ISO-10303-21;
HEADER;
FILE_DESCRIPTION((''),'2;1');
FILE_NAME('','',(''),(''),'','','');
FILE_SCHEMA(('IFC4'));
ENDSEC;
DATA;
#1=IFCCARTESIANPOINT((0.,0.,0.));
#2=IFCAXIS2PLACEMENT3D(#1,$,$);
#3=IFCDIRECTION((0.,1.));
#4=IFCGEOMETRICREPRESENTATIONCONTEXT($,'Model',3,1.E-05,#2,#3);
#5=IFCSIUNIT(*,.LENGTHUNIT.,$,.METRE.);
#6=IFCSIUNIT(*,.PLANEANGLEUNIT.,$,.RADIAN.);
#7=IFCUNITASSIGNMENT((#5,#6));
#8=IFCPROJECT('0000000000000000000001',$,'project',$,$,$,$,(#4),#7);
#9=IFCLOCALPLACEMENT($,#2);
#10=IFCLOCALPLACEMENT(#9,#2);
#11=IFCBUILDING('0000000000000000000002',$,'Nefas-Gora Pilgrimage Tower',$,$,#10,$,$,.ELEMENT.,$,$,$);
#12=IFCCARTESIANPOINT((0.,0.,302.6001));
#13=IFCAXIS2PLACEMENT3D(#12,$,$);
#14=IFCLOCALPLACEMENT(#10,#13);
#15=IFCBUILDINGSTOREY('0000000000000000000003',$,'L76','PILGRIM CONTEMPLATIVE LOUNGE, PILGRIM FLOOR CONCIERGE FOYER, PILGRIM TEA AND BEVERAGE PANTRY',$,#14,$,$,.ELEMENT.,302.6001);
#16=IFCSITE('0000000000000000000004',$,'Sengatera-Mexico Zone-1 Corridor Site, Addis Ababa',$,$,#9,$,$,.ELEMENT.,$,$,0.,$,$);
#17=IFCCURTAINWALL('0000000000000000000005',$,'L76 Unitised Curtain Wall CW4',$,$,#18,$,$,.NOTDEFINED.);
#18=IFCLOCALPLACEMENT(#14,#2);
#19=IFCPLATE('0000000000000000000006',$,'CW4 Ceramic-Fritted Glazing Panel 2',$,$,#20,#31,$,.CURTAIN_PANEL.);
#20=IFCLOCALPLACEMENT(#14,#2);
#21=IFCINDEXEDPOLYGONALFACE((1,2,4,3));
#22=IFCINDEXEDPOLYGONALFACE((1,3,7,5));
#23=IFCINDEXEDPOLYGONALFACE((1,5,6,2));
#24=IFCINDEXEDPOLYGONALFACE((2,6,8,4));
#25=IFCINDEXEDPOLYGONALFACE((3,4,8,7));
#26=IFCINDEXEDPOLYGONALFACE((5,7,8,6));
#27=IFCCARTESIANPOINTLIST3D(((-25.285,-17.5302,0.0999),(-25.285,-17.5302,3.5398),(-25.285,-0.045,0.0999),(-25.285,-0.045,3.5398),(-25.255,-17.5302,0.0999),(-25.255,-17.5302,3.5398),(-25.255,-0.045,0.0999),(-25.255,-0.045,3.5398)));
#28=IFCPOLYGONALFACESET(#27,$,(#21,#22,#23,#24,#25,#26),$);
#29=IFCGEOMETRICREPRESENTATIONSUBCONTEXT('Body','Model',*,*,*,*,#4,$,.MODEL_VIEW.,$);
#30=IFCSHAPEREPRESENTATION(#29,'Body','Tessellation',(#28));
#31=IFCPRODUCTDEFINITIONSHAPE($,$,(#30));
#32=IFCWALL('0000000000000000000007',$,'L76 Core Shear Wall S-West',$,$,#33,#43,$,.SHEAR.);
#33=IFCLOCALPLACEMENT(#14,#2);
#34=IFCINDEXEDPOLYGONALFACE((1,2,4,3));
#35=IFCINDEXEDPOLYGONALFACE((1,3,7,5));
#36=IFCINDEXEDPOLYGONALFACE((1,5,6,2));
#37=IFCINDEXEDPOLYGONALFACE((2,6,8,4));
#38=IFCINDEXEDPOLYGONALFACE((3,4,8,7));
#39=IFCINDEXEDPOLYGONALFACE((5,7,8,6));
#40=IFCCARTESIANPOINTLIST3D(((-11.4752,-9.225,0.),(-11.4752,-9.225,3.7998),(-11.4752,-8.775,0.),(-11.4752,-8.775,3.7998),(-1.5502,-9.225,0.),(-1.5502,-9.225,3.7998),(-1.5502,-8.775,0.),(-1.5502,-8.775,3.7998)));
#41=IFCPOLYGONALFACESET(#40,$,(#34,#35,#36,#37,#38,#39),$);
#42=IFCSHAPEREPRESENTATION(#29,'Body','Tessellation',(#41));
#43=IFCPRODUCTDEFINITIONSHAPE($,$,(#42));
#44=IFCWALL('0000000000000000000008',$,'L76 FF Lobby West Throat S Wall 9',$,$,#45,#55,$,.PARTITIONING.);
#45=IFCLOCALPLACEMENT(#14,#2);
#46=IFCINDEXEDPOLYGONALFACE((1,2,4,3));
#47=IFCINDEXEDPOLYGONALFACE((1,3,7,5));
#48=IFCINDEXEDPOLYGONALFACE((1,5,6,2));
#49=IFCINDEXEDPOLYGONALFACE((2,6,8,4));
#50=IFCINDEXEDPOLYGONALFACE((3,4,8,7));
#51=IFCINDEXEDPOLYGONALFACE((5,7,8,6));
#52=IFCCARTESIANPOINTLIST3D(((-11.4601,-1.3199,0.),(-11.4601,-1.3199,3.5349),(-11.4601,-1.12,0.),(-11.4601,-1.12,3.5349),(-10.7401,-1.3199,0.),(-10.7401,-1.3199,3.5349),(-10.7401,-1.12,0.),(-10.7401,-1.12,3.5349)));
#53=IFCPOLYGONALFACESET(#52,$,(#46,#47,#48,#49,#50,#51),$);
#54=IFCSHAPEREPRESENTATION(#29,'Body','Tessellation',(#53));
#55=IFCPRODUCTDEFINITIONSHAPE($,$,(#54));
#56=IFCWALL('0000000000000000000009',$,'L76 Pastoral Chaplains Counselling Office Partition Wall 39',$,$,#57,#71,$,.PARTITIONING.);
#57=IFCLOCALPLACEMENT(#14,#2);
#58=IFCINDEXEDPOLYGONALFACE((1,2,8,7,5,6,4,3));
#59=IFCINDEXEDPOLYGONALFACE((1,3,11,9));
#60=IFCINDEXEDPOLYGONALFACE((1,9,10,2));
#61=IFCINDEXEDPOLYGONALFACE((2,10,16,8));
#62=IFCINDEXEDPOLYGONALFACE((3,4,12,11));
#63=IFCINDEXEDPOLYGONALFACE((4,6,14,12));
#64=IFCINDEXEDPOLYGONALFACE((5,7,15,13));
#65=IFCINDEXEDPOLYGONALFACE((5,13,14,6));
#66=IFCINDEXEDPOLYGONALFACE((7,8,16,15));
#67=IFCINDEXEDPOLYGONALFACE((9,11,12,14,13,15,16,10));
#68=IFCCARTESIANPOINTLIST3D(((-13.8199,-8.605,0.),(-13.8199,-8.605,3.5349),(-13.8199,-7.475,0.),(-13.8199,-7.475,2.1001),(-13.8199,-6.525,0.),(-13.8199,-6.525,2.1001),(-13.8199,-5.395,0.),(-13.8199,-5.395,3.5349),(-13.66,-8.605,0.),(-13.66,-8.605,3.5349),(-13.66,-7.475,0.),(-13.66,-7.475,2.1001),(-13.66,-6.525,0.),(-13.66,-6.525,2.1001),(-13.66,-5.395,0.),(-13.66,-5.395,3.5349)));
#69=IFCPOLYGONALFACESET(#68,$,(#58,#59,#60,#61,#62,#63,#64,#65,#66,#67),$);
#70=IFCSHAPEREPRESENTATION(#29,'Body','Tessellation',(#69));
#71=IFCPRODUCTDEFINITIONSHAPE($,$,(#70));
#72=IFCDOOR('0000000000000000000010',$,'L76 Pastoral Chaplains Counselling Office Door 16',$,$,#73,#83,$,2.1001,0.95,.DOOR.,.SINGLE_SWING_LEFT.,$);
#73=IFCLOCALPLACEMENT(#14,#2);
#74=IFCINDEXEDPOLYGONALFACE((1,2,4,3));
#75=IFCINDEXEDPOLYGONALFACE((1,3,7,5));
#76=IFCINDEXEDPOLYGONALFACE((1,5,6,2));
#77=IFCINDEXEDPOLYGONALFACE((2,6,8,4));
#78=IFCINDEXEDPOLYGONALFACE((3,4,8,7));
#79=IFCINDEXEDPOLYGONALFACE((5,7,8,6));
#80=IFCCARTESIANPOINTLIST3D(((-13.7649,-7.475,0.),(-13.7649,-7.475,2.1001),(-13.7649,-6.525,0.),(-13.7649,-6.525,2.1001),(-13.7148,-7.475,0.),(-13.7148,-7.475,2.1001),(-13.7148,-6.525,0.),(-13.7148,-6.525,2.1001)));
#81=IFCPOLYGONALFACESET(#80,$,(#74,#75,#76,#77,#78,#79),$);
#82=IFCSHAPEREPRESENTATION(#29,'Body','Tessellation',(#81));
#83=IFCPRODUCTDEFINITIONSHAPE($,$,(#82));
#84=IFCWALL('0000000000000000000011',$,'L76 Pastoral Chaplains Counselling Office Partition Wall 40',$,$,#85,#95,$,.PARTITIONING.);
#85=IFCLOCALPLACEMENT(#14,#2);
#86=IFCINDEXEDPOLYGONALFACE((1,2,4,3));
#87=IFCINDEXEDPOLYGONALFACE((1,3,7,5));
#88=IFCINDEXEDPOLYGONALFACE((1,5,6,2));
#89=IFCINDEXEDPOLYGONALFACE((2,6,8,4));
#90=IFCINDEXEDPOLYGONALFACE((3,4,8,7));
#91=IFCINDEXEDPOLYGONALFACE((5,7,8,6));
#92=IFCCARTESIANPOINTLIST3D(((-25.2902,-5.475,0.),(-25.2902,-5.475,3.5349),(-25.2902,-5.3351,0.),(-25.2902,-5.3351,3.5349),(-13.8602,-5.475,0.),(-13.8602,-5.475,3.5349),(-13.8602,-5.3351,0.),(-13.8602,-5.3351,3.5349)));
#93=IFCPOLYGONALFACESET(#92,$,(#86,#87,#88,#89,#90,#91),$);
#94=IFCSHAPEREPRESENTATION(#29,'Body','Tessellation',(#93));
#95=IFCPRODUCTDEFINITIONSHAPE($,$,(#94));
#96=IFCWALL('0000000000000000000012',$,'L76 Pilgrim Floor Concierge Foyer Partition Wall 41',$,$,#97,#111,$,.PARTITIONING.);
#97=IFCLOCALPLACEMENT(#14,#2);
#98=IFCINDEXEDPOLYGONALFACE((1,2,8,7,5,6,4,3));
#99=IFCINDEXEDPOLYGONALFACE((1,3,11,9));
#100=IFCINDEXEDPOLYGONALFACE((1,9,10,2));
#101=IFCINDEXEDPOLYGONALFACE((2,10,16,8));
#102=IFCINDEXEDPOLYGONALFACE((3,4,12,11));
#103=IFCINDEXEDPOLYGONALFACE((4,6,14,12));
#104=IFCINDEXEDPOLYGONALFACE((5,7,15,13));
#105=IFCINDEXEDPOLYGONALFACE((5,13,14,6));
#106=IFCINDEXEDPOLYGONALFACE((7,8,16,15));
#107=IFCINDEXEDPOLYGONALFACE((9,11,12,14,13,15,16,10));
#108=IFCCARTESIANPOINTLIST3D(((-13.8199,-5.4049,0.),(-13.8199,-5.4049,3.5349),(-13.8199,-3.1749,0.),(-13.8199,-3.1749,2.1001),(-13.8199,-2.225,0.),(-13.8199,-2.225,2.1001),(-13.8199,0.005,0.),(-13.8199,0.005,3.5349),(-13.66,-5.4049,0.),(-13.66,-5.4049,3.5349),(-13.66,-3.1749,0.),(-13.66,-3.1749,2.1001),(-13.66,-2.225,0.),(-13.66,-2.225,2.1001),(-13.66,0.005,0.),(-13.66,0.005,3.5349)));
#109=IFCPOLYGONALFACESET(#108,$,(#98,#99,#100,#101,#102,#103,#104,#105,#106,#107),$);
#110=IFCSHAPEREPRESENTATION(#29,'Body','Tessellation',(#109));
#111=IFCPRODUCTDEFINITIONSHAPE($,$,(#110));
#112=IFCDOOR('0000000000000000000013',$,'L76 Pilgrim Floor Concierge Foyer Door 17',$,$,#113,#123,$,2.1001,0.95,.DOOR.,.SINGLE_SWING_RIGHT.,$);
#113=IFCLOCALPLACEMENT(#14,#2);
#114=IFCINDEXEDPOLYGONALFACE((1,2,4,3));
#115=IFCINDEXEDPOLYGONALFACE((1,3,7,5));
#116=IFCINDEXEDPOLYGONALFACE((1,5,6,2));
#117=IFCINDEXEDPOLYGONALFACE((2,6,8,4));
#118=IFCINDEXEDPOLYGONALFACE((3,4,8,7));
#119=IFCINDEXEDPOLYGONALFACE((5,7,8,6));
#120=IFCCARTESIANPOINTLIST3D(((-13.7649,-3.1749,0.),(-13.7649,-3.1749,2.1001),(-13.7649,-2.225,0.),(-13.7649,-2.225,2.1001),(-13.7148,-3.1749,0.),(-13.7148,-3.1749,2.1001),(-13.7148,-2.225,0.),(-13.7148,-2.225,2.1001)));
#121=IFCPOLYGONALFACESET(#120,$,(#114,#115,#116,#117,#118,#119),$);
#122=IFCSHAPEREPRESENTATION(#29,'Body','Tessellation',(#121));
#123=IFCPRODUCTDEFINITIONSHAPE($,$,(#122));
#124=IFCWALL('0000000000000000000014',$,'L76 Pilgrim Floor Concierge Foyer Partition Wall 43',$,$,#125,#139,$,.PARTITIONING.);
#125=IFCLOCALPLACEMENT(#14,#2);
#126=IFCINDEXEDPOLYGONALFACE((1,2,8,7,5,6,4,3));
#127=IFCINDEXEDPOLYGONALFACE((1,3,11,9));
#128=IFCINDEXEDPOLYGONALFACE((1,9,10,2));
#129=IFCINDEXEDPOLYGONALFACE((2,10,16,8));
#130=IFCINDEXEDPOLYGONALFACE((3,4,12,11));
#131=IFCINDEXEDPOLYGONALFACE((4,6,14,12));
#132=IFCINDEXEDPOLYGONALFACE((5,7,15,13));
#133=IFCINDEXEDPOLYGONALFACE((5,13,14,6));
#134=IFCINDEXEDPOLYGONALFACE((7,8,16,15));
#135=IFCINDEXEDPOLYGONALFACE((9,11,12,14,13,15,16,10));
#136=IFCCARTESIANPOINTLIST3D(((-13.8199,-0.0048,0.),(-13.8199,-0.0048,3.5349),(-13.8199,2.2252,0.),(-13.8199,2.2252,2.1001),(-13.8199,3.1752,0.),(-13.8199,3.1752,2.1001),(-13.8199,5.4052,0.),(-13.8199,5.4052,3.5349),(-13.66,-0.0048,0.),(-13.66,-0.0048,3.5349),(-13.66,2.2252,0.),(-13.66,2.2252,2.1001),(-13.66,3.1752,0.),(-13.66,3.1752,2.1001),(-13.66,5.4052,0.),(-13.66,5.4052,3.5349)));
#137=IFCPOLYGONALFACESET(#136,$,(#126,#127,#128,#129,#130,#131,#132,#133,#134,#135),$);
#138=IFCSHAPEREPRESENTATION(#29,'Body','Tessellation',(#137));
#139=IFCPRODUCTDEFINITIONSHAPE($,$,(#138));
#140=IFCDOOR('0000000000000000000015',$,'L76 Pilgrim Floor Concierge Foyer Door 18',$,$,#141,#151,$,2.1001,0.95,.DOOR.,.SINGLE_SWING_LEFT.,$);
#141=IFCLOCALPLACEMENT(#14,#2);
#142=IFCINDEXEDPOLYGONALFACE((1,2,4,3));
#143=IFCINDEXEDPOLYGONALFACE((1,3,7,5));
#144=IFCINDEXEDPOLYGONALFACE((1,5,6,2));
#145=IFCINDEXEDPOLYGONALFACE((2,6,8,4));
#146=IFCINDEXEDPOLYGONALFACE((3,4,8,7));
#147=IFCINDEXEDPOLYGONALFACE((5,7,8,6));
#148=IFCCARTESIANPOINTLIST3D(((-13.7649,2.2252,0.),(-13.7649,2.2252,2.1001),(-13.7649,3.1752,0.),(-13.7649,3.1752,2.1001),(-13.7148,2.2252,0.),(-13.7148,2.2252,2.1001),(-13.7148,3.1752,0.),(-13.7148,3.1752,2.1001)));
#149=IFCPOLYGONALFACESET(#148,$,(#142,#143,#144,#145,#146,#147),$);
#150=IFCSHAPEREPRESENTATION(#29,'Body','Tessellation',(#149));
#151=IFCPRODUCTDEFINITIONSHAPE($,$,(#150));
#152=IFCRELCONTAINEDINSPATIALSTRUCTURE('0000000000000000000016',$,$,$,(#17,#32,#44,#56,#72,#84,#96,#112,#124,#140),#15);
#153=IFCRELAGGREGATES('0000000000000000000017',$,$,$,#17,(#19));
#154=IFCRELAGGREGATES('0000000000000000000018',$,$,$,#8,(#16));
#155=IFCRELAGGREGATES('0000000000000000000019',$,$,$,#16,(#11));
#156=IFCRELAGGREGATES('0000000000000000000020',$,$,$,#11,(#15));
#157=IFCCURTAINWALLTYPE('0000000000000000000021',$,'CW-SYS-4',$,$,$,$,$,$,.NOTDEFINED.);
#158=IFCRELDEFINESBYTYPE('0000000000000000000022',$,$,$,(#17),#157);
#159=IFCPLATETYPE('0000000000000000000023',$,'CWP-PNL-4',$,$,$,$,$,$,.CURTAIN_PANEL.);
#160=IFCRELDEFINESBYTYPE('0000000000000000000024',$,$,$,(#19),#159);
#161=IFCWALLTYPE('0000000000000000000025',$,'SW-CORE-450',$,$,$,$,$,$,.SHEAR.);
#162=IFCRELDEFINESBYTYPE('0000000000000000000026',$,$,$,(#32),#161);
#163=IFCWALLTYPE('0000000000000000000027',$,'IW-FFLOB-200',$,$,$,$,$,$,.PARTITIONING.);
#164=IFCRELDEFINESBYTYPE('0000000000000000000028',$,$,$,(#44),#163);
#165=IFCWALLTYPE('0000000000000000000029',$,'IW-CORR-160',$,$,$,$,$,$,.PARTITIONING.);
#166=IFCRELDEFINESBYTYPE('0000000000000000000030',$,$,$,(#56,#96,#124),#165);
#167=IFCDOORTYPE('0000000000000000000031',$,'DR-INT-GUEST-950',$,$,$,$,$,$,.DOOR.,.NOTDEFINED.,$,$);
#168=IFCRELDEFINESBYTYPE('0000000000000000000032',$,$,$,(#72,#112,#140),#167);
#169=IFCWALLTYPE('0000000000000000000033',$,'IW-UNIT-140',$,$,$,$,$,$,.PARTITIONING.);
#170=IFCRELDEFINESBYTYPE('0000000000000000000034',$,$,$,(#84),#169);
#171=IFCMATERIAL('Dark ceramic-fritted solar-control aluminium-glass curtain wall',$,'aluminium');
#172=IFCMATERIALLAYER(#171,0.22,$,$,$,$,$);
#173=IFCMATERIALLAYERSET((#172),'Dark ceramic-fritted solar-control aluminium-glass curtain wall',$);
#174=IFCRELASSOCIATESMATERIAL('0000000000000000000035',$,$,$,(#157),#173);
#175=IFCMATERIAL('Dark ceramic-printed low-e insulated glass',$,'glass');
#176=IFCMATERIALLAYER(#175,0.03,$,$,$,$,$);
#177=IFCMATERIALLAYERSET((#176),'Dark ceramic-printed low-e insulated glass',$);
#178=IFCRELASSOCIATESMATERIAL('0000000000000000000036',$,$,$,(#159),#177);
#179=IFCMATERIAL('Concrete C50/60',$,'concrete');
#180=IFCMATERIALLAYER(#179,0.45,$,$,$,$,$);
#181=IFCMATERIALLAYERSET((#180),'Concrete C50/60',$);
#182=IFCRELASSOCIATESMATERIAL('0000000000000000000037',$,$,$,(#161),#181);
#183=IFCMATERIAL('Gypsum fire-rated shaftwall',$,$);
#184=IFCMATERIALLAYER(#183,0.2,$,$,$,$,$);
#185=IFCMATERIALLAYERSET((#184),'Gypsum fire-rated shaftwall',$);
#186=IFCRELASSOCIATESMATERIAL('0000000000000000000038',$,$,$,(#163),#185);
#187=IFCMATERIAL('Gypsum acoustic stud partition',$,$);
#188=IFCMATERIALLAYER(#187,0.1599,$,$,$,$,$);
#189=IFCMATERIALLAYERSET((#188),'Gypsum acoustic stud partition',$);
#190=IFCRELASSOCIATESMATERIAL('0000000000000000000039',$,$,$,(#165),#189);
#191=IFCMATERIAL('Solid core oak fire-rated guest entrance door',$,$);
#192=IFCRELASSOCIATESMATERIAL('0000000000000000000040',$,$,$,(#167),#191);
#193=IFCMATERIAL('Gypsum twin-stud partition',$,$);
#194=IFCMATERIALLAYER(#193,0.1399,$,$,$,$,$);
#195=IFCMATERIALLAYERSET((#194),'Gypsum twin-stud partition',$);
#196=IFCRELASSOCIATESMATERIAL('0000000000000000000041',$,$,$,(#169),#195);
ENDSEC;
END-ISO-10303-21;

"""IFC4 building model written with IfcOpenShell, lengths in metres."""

from ifc_helpers import new_model, si_unit, direction, frame, frame_2d, origin, origin_2d, place, context, subcontext, project, spatial, rectangle, extrude, source, transform, mapped, material, layer, layer_set, type_object, element, fill, aggregate, save


model = new_model("IFC4")

# Units and contexts
model_context = context("Model", 3, precision=1e-05, world=origin(), true_north=direction((0.0, 1.0)))
body_context = subcontext(model_context, "Body", "Model", "MODEL_VIEW")
ifc_project = project(units=[si_unit("LENGTHUNIT", "METRE"), si_unit("PLANEANGLEUNIT", "RADIAN")], contexts=[model_context])

# Site, building, storey
site_placement = place(None, origin())
site = spatial("IfcSite", under=ifc_project, at=site_placement, Name="Sengatera-Mexico Zone-1 Corridor Site, Addis Ababa", CompositionType="ELEMENT", RefElevation=0.0)
building_placement = place(site_placement, origin())
building = spatial("IfcBuilding", under=site, at=building_placement, Name="Nefas-Gora Pilgrimage Tower", CompositionType="ELEMENT")
storey_placement = place(building_placement, frame((0.0, 0.0, 302.6001)))
storey = spatial("IfcBuildingStorey", under=building, at=storey_placement, Name="L76", Description="PILGRIM CONTEMPLATIVE LOUNGE, PILGRIM FLOOR CONCIERGE FOYER, PILGRIM TEA AND BEVERAGE PANTRY", CompositionType="ELEMENT", Elevation=302.6001)

# Curtain wall, plate
ifc_material_1 = material(Name="Dark ceramic-fritted solar-control aluminium-glass curtain wall", Category="aluminium")
ifc_layer_1 = layer(ifc_material_1, 0.22)
ifc_layer_set_1 = layer_set([ifc_layer_1], Name="Dark ceramic-fritted solar-control aluminium-glass curtain wall")
curtain_wall_type = type_object("IfcCurtainWallType", Name="CW-SYS-4", PredefinedType="NOTDEFINED", material=ifc_layer_set_1)
curtain_wall_placement = place(storey_placement, origin())
curtain_wall = element("IfcCurtainWall", 1, at=curtain_wall_placement, inside=storey, type_object=curtain_wall_type, Name="L76 Unitised Curtain Wall CW4", PredefinedType="NOTDEFINED")
ifc_material_2 = material(Name="Dark ceramic-printed low-e insulated glass", Category="glass")
ifc_layer_2 = layer(ifc_material_2, 0.03)
ifc_layer_set_2 = layer_set([ifc_layer_2], Name="Dark ceramic-printed low-e insulated glass")
plate_type = type_object("IfcPlateType", Name="CWP-PNL-4", PredefinedType="CURTAIN_PANEL", material=ifc_layer_set_2)
shared_shape_1 = source(origin(), body_context, "Body", "SweptSolid", [
    extrude(rectangle(XDim=17.4851, YDim=0.03, at=origin_2d()), origin(), (0.0, 0.0, 1.0), 3.4399),
])
plate_placement = place(storey_placement, frame((-25.27, -8.7876, 0.0999), z_axis=(0.0, 0.0, 1.0), x_axis=(0.0, -1.0, 0.0)))
plate = element("IfcPlate", 2, at=plate_placement, type_object=plate_type, Name="CW4 Ceramic-Fritted Glazing Panel 2", PredefinedType="CURTAIN_PANEL", context=body_context, shape_type="MappedRepresentation", body=[
    mapped(shared_shape_1, transform((0.0, 0.0, 0.0), x_axis=(1.0, 0.0, 0.0), y_axis=(0.0, 1.0, 0.0), z_axis=(0.0, 0.0, 1.0), scale=1.0)),
])
aggregate(curtain_wall, [plate])

# Walls
ifc_material_3 = material(Name="Concrete C50/60", Category="concrete")
ifc_layer_3 = layer(ifc_material_3, 0.45)
ifc_layer_set_3 = layer_set([ifc_layer_3], Name="Concrete C50/60")
wall_type_1 = type_object("IfcWallType", Name="SW-CORE-450", PredefinedType="SHEAR", material=ifc_layer_set_3)
shared_shape_2 = source(origin(), body_context, "Body", "SweptSolid", [
    extrude(rectangle(XDim=9.925, YDim=0.45, at=frame_2d((4.9624, 0.0))), origin(), (0.0, 0.0, 1.0), 3.7998),
])
wall_1_placement = place(storey_placement, frame((-11.4751, -9.0, 0.0), z_axis=(0.0, 0.0, 1.0), x_axis=(1.0, 0.0, 0.0)))
element("IfcWall", 3, at=wall_1_placement, inside=storey, type_object=wall_type_1, Name="L76 Core Shear Wall S-West", PredefinedType="SHEAR", context=body_context, shape_type="MappedRepresentation", body=[
    mapped(shared_shape_2, transform((0.0, 0.0, 0.0), x_axis=(1.0, 0.0, 0.0), y_axis=(0.0, 1.0, 0.0), z_axis=(0.0, 0.0, 1.0), scale=1.0)),
])
ifc_material_4 = material(Name="Gypsum fire-rated shaftwall")
ifc_layer_4 = layer(ifc_material_4, 0.2)
ifc_layer_set_4 = layer_set([ifc_layer_4], Name="Gypsum fire-rated shaftwall")
wall_type_2 = type_object("IfcWallType", Name="IW-FFLOB-200", PredefinedType="PARTITIONING", material=ifc_layer_set_4)
shared_shape_3 = source(origin(), body_context, "Body", "SweptSolid", [
    extrude(rectangle(XDim=0.72, YDim=0.2, at=frame_2d((0.3599, 0.0))), origin(), (0.0, 0.0, 1.0), 3.5349),
])
wall_2_placement = place(storey_placement, frame((-11.46, -1.22, 0.0), z_axis=(0.0, 0.0, 1.0), x_axis=(1.0, 0.0, 0.0)))
element("IfcWall", 4, at=wall_2_placement, inside=storey, type_object=wall_type_2, Name="L76 FF Lobby West Throat S Wall 9", PredefinedType="PARTITIONING", context=body_context, shape_type="MappedRepresentation", body=[
    mapped(shared_shape_3, transform((0.0, 0.0, 0.0), x_axis=(1.0, 0.0, 0.0), y_axis=(0.0, 1.0, 0.0), z_axis=(0.0, 0.0, 1.0), scale=1.0)),
])

# Wall, opening, door
ifc_material_5 = material(Name="Gypsum acoustic stud partition")
ifc_layer_5 = layer(ifc_material_5, 0.1599)
ifc_layer_set_5 = layer_set([ifc_layer_5], Name="Gypsum acoustic stud partition")
wall_type_3 = type_object("IfcWallType", Name="IW-CORR-160", PredefinedType="PARTITIONING", material=ifc_layer_set_5)
shared_shape_4 = source(origin(), body_context, "Body", "SweptSolid", [
    extrude(rectangle(XDim=3.21, YDim=0.1599, at=frame_2d((1.605, 0.0))), origin(), (0.0, 0.0, 1.0), 3.5349),
])
wall_3_placement = place(storey_placement, frame((-13.74, -8.605, 0.0), z_axis=(0.0, 0.0, 1.0), x_axis=(0.0, 1.0, 0.0)))
wall_3 = element("IfcWall", 5, at=wall_3_placement, inside=storey, type_object=wall_type_3, Name="L76 Pastoral Chaplains Counselling Office Partition Wall 39", PredefinedType="PARTITIONING", context=body_context, shape_type="MappedRepresentation", body=[
    mapped(shared_shape_4, transform((0.0, 0.0, 0.0), x_axis=(1.0, 0.0, 0.0), y_axis=(0.0, 1.0, 0.0), z_axis=(0.0, 0.0, 1.0), scale=1.0)),
])
opening_1_placement = place(wall_3_placement, frame((1.1299, 0.0, 0.0)))
opening_1 = element("IfcOpeningElement", 6, at=opening_1_placement, cuts=wall_3, PredefinedType="OPENING", context=body_context, shape_type="SweptSolid", body=[
    extrude(rectangle(XDim=0.95, YDim=2.1001, at=frame_2d((0.4751, 1.05))), frame((0.0, 0.0898, 0.0), z_axis=(0.0, -1.0, 0.0), x_axis=(1.0, 0.0, 0.0)), (0.0, 0.0, 1.0), 0.1799),
])
ifc_material_6 = material(Name="Solid core oak fire-rated guest entrance door")
door_type_1 = type_object("IfcDoorType", Name="DR-INT-GUEST-950", OperationType="NOTDEFINED", PredefinedType="DOOR", material=ifc_material_6)
shared_shape_5 = source(origin(), body_context, "Body", "SweptSolid", [
    extrude(rectangle(XDim=0.95, YDim=2.1001, at=frame_2d((0.4751, 1.05))), frame((0.0, 0.0249, 0.0), z_axis=(0.0, -1.0, 0.0), x_axis=(1.0, 0.0, 0.0)), (0.0, 0.0, 1.0), 0.05),
])
door_1_placement = place(opening_1_placement, origin())
door_1 = element("IfcDoor", 7, at=door_1_placement, inside=storey, type_object=door_type_1, Name="L76 Pastoral Chaplains Counselling Office Door 16", OperationType="SINGLE_SWING_LEFT", OverallHeight=2.1001, OverallWidth=0.95, PredefinedType="DOOR", context=body_context, shape_type="MappedRepresentation", body=[
    mapped(shared_shape_5, transform((0.0, 0.0, 0.0), x_axis=(1.0, 0.0, 0.0), y_axis=(0.0, 1.0, 0.0), z_axis=(0.0, 0.0, 1.0), scale=1.0)),
])
fill(opening_1, door_1)

# Wall
ifc_material_7 = material(Name="Gypsum twin-stud partition")
ifc_layer_6 = layer(ifc_material_7, 0.1399)
ifc_layer_set_6 = layer_set([ifc_layer_6], Name="Gypsum twin-stud partition")
wall_type_4 = type_object("IfcWallType", Name="IW-UNIT-140", PredefinedType="PARTITIONING", material=ifc_layer_set_6)
shared_shape_6 = source(origin(), body_context, "Body", "SweptSolid", [
    extrude(rectangle(XDim=11.4299, YDim=0.1399, at=frame_2d((5.7148, 0.0))), origin(), (0.0, 0.0, 1.0), 3.5349),
])
wall_4_placement = place(storey_placement, frame((-25.29, -5.405, 0.0), z_axis=(0.0, 0.0, 1.0), x_axis=(1.0, 0.0, 0.0)))
element("IfcWall", 8, at=wall_4_placement, inside=storey, type_object=wall_type_4, Name="L76 Pastoral Chaplains Counselling Office Partition Wall 40", PredefinedType="PARTITIONING", context=body_context, shape_type="MappedRepresentation", body=[
    mapped(shared_shape_6, transform((0.0, 0.0, 0.0), x_axis=(1.0, 0.0, 0.0), y_axis=(0.0, 1.0, 0.0), z_axis=(0.0, 0.0, 1.0), scale=1.0)),
])

# Walls, openings, doors
shared_shape_7 = source(origin(), body_context, "Body", "SweptSolid", [
    extrude(rectangle(XDim=5.4099, YDim=0.1599, at=frame_2d((2.7051, 0.0))), origin(), (0.0, 0.0, 1.0), 3.5349),
])
wall_5_placement = place(storey_placement, frame((-13.74, -5.405, 0.0), z_axis=(0.0, 0.0, 1.0), x_axis=(0.0, 1.0, 0.0)))
wall_5 = element("IfcWall", 9, at=wall_5_placement, inside=storey, type_object=wall_type_3, Name="L76 Pilgrim Floor Concierge Foyer Partition Wall 41", PredefinedType="PARTITIONING", context=body_context, shape_type="MappedRepresentation", body=[
    mapped(shared_shape_7, transform((0.0, 0.0, 0.0), x_axis=(1.0, 0.0, 0.0), y_axis=(0.0, 1.0, 0.0), z_axis=(0.0, 0.0, 1.0), scale=1.0)),
])
opening_2_placement = place(wall_5_placement, frame((2.23, 0.0, 0.0)))
opening_2 = element("IfcOpeningElement", 10, at=opening_2_placement, cuts=wall_5, PredefinedType="OPENING", context=body_context, shape_type="SweptSolid", body=[
    extrude(rectangle(XDim=0.95, YDim=2.1001, at=frame_2d((0.4751, 1.05))), frame((0.0, 0.0898, 0.0), z_axis=(0.0, -1.0, 0.0), x_axis=(1.0, 0.0, 0.0)), (0.0, 0.0, 1.0), 0.1799),
])
door_2_placement = place(opening_2_placement, origin())
door_2 = element("IfcDoor", 11, at=door_2_placement, inside=storey, type_object=door_type_1, Name="L76 Pilgrim Floor Concierge Foyer Door 17", OperationType="SINGLE_SWING_RIGHT", OverallHeight=2.1001, OverallWidth=0.95, PredefinedType="DOOR", context=body_context, shape_type="MappedRepresentation", body=[
    mapped(shared_shape_5, transform((0.0, 0.0, 0.0), x_axis=(1.0, 0.0, 0.0), y_axis=(0.0, 1.0, 0.0), z_axis=(0.0, 0.0, 1.0), scale=1.0)),
])
fill(opening_2, door_2)
wall_6_placement = place(storey_placement, frame((-13.74, -0.0049, 0.0), z_axis=(0.0, 0.0, 1.0), x_axis=(0.0, 1.0, 0.0)))
wall_6 = element("IfcWall", 12, at=wall_6_placement, inside=storey, type_object=wall_type_3, Name="L76 Pilgrim Floor Concierge Foyer Partition Wall 43", PredefinedType="PARTITIONING", context=body_context, shape_type="MappedRepresentation", body=[
    mapped(shared_shape_7, transform((0.0, 0.0, 0.0), x_axis=(1.0, 0.0, 0.0), y_axis=(0.0, 1.0, 0.0), z_axis=(0.0, 0.0, 1.0), scale=1.0)),
])
opening_3_placement = place(wall_6_placement, frame((2.23, 0.0, 0.0)))
opening_3 = element("IfcOpeningElement", 13, at=opening_3_placement, cuts=wall_6, PredefinedType="OPENING", context=body_context, shape_type="SweptSolid", body=[
    extrude(rectangle(XDim=0.95, YDim=2.1001, at=frame_2d((0.4751, 1.05))), frame((0.0, 0.0898, 0.0), z_axis=(0.0, -1.0, 0.0), x_axis=(1.0, 0.0, 0.0)), (0.0, 0.0, 1.0), 0.1799),
])
door_3_placement = place(opening_3_placement, origin())
door_3 = element("IfcDoor", 14, at=door_3_placement, inside=storey, type_object=door_type_1, Name="L76 Pilgrim Floor Concierge Foyer Door 18", OperationType="SINGLE_SWING_LEFT", OverallHeight=2.1001, OverallWidth=0.95, PredefinedType="DOOR", context=body_context, shape_type="MappedRepresentation", body=[
    mapped(shared_shape_5, transform((0.0, 0.0, 0.0), x_axis=(1.0, 0.0, 0.0), y_axis=(0.0, 1.0, 0.0), z_axis=(0.0, 0.0, 1.0), scale=1.0)),
])
fill(opening_3, door_3)

save(model, "model.ifc")
